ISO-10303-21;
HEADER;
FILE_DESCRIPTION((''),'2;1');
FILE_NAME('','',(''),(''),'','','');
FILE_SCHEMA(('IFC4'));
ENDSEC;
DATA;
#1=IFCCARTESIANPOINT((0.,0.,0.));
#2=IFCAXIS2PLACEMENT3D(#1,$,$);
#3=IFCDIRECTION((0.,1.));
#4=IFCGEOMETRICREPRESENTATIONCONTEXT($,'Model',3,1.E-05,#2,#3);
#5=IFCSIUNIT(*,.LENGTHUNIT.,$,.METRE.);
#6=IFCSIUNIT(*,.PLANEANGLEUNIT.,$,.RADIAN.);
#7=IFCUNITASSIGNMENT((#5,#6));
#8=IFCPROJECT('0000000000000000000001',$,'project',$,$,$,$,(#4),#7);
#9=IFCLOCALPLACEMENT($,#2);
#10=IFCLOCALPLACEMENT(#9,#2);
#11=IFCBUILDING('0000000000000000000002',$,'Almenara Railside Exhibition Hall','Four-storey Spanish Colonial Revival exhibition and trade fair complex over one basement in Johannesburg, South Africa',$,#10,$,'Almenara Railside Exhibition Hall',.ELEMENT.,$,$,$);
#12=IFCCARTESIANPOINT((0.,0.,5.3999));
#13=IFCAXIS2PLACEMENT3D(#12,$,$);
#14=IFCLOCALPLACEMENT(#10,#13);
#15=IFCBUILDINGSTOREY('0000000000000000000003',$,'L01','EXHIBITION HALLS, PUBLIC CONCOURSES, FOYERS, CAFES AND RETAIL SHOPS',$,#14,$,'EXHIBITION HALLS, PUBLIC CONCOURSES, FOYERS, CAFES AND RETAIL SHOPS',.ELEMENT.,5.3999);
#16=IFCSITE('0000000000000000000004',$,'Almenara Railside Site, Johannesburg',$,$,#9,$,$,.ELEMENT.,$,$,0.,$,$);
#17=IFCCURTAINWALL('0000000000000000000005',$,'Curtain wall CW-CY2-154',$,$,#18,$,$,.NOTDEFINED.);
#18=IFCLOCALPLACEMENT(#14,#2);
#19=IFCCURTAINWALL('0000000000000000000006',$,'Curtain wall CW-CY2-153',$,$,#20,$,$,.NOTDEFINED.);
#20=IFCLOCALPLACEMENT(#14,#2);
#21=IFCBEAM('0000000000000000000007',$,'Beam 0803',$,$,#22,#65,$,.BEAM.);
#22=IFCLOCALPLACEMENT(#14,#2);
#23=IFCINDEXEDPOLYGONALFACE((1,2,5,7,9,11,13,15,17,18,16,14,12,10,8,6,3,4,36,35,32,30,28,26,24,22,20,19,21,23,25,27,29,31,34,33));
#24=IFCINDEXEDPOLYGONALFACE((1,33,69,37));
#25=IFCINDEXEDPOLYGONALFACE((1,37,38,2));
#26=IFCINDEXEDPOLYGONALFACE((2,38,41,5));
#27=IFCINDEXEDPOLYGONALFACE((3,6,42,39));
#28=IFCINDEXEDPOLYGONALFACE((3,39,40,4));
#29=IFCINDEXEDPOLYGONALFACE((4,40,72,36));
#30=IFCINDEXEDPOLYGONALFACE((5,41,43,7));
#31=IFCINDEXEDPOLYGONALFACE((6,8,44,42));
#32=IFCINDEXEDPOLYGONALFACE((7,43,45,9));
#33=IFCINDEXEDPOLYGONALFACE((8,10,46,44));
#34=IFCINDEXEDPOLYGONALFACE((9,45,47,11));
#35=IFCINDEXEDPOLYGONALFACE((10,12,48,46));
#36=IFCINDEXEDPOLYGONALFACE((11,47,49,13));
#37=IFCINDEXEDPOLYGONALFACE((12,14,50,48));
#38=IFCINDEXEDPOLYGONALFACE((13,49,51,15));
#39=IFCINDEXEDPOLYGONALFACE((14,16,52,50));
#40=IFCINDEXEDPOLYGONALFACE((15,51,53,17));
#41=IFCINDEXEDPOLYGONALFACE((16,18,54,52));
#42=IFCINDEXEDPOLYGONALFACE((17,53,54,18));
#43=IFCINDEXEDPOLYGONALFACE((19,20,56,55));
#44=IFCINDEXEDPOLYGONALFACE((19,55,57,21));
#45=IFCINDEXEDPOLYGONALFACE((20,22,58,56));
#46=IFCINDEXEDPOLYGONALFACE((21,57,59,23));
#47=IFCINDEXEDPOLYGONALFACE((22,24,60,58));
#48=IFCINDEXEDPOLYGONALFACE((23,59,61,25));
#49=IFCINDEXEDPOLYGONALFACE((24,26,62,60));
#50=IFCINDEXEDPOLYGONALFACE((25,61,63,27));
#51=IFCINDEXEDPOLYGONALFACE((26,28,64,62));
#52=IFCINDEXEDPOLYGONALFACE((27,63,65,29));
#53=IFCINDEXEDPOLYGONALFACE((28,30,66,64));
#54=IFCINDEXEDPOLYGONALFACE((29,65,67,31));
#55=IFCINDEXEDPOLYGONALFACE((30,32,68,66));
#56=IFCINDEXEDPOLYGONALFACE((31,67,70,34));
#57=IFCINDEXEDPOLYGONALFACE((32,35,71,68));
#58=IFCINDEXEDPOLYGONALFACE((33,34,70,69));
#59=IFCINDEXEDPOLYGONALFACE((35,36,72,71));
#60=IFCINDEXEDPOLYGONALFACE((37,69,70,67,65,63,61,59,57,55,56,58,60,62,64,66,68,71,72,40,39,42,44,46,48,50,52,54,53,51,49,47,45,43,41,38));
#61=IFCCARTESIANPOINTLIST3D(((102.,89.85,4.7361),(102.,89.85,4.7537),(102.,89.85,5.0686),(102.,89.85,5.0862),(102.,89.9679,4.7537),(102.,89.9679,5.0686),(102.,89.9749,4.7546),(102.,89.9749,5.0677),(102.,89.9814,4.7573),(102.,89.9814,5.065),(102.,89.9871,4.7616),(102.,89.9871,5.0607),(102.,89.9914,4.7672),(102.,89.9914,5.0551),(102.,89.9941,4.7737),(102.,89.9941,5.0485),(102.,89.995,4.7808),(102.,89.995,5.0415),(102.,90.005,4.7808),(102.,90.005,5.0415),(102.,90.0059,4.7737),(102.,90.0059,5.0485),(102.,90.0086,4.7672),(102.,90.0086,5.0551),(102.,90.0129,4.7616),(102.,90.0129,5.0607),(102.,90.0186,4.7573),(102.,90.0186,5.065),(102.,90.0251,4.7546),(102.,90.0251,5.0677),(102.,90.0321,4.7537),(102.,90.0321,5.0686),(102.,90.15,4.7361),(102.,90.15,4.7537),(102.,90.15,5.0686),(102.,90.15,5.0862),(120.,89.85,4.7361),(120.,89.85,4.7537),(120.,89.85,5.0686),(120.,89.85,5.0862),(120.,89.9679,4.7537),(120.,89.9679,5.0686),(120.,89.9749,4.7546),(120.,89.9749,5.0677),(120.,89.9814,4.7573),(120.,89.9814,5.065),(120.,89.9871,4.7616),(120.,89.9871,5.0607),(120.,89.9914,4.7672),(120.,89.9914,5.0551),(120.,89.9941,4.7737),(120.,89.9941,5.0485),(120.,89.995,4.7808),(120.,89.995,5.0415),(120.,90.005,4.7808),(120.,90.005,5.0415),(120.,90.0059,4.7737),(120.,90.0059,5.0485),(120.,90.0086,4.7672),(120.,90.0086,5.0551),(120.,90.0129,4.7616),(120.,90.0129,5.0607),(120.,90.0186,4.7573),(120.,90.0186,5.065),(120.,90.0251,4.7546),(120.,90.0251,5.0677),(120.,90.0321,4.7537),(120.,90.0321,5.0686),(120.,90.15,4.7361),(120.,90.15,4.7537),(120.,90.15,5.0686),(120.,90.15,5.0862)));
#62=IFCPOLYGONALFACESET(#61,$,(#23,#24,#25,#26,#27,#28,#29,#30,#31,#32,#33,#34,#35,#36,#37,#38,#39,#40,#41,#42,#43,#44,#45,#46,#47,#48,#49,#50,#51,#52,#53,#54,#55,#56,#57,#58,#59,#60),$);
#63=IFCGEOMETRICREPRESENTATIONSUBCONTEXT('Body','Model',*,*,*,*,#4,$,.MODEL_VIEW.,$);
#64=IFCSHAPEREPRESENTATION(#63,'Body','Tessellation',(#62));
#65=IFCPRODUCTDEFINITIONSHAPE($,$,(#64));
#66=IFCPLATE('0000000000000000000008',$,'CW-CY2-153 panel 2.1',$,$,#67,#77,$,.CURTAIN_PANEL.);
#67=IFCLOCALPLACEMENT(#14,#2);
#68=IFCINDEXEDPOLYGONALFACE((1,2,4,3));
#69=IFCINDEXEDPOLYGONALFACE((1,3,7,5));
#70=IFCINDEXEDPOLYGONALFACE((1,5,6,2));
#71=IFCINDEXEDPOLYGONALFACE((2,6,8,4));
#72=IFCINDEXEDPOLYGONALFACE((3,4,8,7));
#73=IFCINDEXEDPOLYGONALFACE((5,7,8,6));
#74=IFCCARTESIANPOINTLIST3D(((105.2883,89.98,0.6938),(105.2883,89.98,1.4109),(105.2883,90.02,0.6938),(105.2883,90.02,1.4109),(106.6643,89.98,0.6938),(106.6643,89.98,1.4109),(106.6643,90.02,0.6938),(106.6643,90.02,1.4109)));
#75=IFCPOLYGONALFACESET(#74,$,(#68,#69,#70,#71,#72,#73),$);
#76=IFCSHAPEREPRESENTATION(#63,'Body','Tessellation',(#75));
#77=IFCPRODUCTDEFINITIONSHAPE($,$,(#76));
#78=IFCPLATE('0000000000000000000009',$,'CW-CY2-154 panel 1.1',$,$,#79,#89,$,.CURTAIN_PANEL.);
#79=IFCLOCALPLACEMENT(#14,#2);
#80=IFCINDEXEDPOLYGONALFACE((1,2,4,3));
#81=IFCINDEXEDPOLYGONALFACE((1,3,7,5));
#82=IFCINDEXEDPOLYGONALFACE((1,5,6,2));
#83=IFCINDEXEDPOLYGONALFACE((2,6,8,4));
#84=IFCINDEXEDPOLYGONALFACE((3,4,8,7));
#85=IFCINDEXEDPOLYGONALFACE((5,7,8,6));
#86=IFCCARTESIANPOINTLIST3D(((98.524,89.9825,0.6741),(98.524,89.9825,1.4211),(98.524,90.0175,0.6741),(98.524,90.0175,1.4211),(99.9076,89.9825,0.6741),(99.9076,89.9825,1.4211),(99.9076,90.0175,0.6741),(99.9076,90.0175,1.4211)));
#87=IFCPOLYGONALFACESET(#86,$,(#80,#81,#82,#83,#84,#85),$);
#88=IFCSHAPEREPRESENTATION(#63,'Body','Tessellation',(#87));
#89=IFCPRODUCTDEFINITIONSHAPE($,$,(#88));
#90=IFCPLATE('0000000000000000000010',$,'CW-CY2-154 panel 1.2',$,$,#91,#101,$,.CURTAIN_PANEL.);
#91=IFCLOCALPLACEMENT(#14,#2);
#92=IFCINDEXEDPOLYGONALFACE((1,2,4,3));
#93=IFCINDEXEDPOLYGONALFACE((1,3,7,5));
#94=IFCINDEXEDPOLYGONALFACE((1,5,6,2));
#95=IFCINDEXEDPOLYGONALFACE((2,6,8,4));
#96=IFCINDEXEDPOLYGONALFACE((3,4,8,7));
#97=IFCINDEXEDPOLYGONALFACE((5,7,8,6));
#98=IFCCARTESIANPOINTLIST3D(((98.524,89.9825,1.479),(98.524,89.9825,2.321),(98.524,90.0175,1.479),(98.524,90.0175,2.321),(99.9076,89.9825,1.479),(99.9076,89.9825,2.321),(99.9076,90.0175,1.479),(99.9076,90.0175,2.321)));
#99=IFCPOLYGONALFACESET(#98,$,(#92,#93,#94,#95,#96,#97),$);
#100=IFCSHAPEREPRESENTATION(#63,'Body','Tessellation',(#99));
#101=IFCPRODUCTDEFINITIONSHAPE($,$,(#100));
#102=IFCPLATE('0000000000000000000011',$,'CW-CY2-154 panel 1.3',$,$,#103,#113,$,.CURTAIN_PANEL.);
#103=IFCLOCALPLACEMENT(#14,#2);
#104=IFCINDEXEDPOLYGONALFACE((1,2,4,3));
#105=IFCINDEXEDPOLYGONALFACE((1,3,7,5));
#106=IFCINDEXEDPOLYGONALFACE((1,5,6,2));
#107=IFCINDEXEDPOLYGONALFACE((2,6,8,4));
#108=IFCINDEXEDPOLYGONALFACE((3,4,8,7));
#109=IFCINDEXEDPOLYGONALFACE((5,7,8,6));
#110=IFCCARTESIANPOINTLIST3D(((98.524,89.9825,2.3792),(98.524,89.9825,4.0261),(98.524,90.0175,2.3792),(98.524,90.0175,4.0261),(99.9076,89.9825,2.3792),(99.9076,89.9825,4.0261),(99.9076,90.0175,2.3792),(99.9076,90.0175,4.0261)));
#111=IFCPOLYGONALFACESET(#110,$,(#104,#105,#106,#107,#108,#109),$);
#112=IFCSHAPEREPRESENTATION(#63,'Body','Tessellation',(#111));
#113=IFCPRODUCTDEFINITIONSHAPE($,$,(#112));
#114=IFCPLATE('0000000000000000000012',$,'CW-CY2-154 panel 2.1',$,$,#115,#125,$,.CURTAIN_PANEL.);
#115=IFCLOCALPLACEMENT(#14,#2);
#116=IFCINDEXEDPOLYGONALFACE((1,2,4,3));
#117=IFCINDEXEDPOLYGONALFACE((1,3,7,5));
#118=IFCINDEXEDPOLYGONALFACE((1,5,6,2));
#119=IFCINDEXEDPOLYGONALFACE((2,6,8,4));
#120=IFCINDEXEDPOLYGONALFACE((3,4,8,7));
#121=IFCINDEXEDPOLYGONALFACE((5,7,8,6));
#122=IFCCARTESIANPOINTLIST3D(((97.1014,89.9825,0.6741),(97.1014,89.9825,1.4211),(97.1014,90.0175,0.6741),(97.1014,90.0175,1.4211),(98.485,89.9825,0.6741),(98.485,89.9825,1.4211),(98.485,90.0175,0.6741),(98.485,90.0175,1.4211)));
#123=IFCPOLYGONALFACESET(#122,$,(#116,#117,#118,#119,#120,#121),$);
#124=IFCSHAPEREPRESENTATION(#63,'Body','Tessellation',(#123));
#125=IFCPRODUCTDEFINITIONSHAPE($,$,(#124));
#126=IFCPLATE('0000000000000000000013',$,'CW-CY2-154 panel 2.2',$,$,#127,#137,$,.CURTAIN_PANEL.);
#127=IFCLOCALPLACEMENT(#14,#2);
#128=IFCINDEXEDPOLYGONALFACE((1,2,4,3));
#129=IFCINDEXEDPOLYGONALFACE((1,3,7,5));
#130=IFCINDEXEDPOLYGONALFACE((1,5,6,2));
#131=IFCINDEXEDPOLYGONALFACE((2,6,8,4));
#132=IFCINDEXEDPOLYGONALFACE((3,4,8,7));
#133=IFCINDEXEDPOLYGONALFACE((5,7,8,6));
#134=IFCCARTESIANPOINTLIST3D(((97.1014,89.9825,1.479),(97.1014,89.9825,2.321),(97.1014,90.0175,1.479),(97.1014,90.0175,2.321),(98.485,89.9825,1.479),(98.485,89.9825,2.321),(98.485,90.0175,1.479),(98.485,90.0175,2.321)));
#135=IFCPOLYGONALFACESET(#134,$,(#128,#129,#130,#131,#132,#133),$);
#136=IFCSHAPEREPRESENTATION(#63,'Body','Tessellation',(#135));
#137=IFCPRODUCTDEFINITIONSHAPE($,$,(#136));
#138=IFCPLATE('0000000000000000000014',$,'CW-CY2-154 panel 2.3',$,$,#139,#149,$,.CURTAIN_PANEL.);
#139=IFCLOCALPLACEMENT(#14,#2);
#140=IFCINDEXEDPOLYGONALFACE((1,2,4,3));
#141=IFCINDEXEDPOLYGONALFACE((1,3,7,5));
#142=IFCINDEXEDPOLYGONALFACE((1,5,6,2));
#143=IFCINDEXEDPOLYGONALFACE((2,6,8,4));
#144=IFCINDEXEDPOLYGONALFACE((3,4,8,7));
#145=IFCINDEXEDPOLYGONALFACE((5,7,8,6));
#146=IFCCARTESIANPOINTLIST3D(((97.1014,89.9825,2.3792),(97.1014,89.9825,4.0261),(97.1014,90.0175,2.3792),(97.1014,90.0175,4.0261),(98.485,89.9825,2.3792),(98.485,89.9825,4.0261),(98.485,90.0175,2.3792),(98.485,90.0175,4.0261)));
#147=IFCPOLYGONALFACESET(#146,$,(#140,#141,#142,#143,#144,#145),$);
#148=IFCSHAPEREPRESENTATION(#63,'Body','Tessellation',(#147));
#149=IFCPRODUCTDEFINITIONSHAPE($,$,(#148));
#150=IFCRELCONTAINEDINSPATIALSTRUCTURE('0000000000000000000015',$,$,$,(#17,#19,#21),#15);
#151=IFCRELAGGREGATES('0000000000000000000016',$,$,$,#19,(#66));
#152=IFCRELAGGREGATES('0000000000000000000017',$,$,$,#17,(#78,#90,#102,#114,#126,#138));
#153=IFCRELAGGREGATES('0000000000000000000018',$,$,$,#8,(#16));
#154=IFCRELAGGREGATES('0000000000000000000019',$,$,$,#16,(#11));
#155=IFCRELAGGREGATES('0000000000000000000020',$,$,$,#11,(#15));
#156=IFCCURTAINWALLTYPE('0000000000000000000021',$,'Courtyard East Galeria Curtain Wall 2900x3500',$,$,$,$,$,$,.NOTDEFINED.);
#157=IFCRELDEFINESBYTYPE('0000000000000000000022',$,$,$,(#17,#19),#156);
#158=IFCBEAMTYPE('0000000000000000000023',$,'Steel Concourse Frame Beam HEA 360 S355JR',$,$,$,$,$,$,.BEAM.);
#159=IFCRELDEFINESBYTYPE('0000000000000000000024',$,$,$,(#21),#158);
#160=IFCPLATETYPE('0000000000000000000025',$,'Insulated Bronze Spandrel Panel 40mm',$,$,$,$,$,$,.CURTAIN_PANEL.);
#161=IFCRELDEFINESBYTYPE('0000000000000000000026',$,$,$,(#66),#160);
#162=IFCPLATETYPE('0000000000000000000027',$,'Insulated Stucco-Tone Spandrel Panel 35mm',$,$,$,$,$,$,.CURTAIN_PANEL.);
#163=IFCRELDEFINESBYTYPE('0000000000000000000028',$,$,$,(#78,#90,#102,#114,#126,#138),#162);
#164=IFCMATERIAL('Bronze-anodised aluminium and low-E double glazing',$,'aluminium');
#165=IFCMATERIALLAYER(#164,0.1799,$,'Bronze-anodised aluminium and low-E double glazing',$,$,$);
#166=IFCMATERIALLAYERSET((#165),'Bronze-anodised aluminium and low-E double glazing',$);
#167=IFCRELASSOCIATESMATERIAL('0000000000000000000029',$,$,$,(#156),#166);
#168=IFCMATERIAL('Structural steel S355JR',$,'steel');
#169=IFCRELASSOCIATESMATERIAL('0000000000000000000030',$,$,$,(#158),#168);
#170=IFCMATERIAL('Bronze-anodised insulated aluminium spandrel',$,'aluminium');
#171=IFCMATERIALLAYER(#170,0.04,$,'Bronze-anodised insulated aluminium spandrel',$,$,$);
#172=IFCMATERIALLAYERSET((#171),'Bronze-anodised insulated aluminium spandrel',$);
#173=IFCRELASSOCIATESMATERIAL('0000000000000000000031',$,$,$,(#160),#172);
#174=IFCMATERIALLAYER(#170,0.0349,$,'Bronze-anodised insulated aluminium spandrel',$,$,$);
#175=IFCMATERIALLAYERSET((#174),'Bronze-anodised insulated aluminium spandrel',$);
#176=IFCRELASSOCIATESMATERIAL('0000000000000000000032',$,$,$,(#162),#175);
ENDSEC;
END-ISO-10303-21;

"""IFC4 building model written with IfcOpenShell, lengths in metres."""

from ifc_helpers import new_model, si_unit, direction, frame, origin, origin_2d, place, context, subcontext, project, spatial, rectangle, i_section, extrude, material, layer, layer_set, material_profile, profile_set, type_object, element, aggregate, save


model = new_model("IFC4")

# Units and contexts
model_context = context("Model", 3, precision=1e-05, world=origin(), true_north=direction((0.0, 1.0)))
body_context = subcontext(model_context, "Body", "Model", "MODEL_VIEW")
ifc_project = project(units=[si_unit("LENGTHUNIT", "METRE"), si_unit("PLANEANGLEUNIT", "RADIAN")], contexts=[model_context])

# Site, building, storey
site_placement = place(None, origin())
site = spatial("IfcSite", under=ifc_project, at=site_placement, Name="Almenara Railside Site, Johannesburg", CompositionType="ELEMENT", RefElevation=0.0)
building_placement = place(site_placement, origin())
building = spatial("IfcBuilding", under=site, at=building_placement, Name="Almenara Railside Exhibition Hall", Description="Four-storey Spanish Colonial Revival exhibition and trade fair complex over one basement in Johannesburg, South Africa", LongName="Almenara Railside Exhibition Hall", CompositionType="ELEMENT")
storey_placement = place(building_placement, frame((0.0, 0.0, 5.3999)))
storey = spatial("IfcBuildingStorey", under=building, at=storey_placement, Name="L01", Description="EXHIBITION HALLS, PUBLIC CONCOURSES, FOYERS, CAFES AND RETAIL SHOPS", LongName="EXHIBITION HALLS, PUBLIC CONCOURSES, FOYERS, CAFES AND RETAIL SHOPS", CompositionType="ELEMENT", Elevation=5.3999)

# Curtain wall
ifc_material_1 = material(Name="Bronze-anodised aluminium and low-E double glazing", Category="aluminium")
ifc_layer_1 = layer(ifc_material_1, 0.1799, Name="Bronze-anodised aluminium and low-E double glazing")
ifc_layer_set_1 = layer_set([ifc_layer_1], Name="Bronze-anodised aluminium and low-E double glazing")
curtain_wall_type = type_object("IfcCurtainWallType", Name="Courtyard East Galeria Curtain Wall 2900x3500", PredefinedType="NOTDEFINED", material=ifc_layer_set_1)
curtain_wall_1_placement = place(storey_placement, origin())
curtain_wall_1 = element("IfcCurtainWall", 1, at=curtain_wall_1_placement, inside=storey, type_object=curtain_wall_type, Name="Curtain wall CW-CY2-154", PredefinedType="NOTDEFINED")

# Curtain wall
curtain_wall_2_placement = place(storey_placement, origin())
curtain_wall_2 = element("IfcCurtainWall", 2, at=curtain_wall_2_placement, inside=storey, type_object=curtain_wall_type, Name="Curtain wall CW-CY2-153", PredefinedType="NOTDEFINED")

# Beam
ifc_material_2 = material(Name="Structural steel S355JR", Category="steel")
ifc_material_profile_1 = material_profile(ifc_material_2, i_section(OverallWidth=0.3, OverallDepth=0.3501, WebThickness=0.01, FlangeThickness=0.0176, FilletRadius=0.0271, at=origin_2d()), Name="HEA 360")
ifc_profile_set_1 = profile_set([ifc_material_profile_1], Name="Structural steel S355JR")
beam_type_1 = type_object("IfcBeamType", Name="Steel Concourse Frame Beam HEA 360 S355JR", PredefinedType="BEAM", material=ifc_profile_set_1)
beam_1_placement = place(storey_placement, frame((102.0, 90.0, 4.9111), z_axis=(1.0, 0.0, 0.0), x_axis=(0.0, 1.0, 0.0)))
element("IfcBeam", 3, at=beam_1_placement, inside=storey, type_object=beam_type_1, Name="Beam 0803", PredefinedType="BEAM", context=body_context, shape_type="SweptSolid", body=[
    extrude(i_section(OverallWidth=0.3, OverallDepth=0.3501, WebThickness=0.01, FlangeThickness=0.0176, FilletRadius=0.0271, at=origin_2d()), origin(), (0.0, 0.0, 1.0), 18.0),
])

# Plates
ifc_material_3 = material(Name="Bronze-anodised insulated aluminium spandrel", Category="aluminium")
ifc_layer_2 = layer(ifc_material_3, 0.04, Name="Bronze-anodised insulated aluminium spandrel")
ifc_layer_set_2 = layer_set([ifc_layer_2], Name="Bronze-anodised insulated aluminium spandrel")
plate_type_1 = type_object("IfcPlateType", Name="Insulated Bronze Spandrel Panel 40mm", PredefinedType="CURTAIN_PANEL", material=ifc_layer_set_2)
plate_1_placement = place(storey_placement, frame((105.9763, 90.0, 0.6938), z_axis=(0.0, 0.0, 1.0), x_axis=(-1.0, 0.0, 0.0)))
plate_1 = element("IfcPlate", 4, at=plate_1_placement, type_object=plate_type_1, Name="CW-CY2-153 panel 2.1", PredefinedType="CURTAIN_PANEL", context=body_context, shape_type="SweptSolid", body=[
    extrude(rectangle(XDim=1.376, YDim=0.04, at=origin_2d()), origin(), (0.0, 0.0, 1.0), 0.717),
])
aggregate(curtain_wall_2, [plate_1])
ifc_layer_3 = layer(ifc_material_3, 0.0349, Name="Bronze-anodised insulated aluminium spandrel")
ifc_layer_set_3 = layer_set([ifc_layer_3], Name="Bronze-anodised insulated aluminium spandrel")
plate_type_2 = type_object("IfcPlateType", Name="Insulated Stucco-Tone Spandrel Panel 35mm", PredefinedType="CURTAIN_PANEL", material=ifc_layer_set_3)
plate_2_placement = place(storey_placement, frame((99.2158, 90.0, 0.6741), z_axis=(0.0, 0.0, 1.0), x_axis=(-1.0, 0.0, 0.0)))
plate_2 = element("IfcPlate", 5, at=plate_2_placement, type_object=plate_type_2, Name="CW-CY2-154 panel 1.1", PredefinedType="CURTAIN_PANEL", context=body_context, shape_type="SweptSolid", body=[
    extrude(rectangle(XDim=1.3835, YDim=0.0349, at=origin_2d()), origin(), (0.0, 0.0, 1.0), 0.7471),
])
plate_3_placement = place(storey_placement, frame((99.2158, 90.0, 1.479), z_axis=(0.0, 0.0, 1.0), x_axis=(-1.0, 0.0, 0.0)))
plate_3 = element("IfcPlate", 6, at=plate_3_placement, type_object=plate_type_2, Name="CW-CY2-154 panel 1.2", PredefinedType="CURTAIN_PANEL", context=body_context, shape_type="SweptSolid", body=[
    extrude(rectangle(XDim=1.3835, YDim=0.0349, at=origin_2d()), origin(), (0.0, 0.0, 1.0), 0.842),
])
plate_4_placement = place(storey_placement, frame((99.2158, 90.0, 2.3792), z_axis=(0.0, 0.0, 1.0), x_axis=(-1.0, 0.0, 0.0)))
plate_4 = element("IfcPlate", 7, at=plate_4_placement, type_object=plate_type_2, Name="CW-CY2-154 panel 1.3", PredefinedType="CURTAIN_PANEL", context=body_context, shape_type="SweptSolid", body=[
    extrude(rectangle(XDim=1.3835, YDim=0.0349, at=origin_2d()), origin(), (0.0, 0.0, 1.0), 1.647),
])
plate_5_placement = place(storey_placement, frame((97.7932, 90.0, 0.6741), z_axis=(0.0, 0.0, 1.0), x_axis=(-1.0, 0.0, 0.0)))
plate_5 = element("IfcPlate", 8, at=plate_5_placement, type_object=plate_type_2, Name="CW-CY2-154 panel 2.1", PredefinedType="CURTAIN_PANEL", context=body_context, shape_type="SweptSolid", body=[
    extrude(rectangle(XDim=1.3835, YDim=0.0349, at=origin_2d()), origin(), (0.0, 0.0, 1.0), 0.7471),
])
plate_6_placement = place(storey_placement, frame((97.7932, 90.0, 1.479), z_axis=(0.0, 0.0, 1.0), x_axis=(-1.0, 0.0, 0.0)))
plate_6 = element("IfcPlate", 9, at=plate_6_placement, type_object=plate_type_2, Name="CW-CY2-154 panel 2.2", PredefinedType="CURTAIN_PANEL", context=body_context, shape_type="SweptSolid", body=[
    extrude(rectangle(XDim=1.3835, YDim=0.0349, at=origin_2d()), origin(), (0.0, 0.0, 1.0), 0.842),
])
plate_7_placement = place(storey_placement, frame((97.7932, 90.0, 2.3792), z_axis=(0.0, 0.0, 1.0), x_axis=(-1.0, 0.0, 0.0)))
plate_7 = element("IfcPlate", 10, at=plate_7_placement, type_object=plate_type_2, Name="CW-CY2-154 panel 2.3", PredefinedType="CURTAIN_PANEL", context=body_context, shape_type="SweptSolid", body=[
    extrude(rectangle(XDim=1.3835, YDim=0.0349, at=origin_2d()), origin(), (0.0, 0.0, 1.0), 1.647),
])
aggregate(curtain_wall_1, [plate_2, plate_3, plate_4, plate_5, plate_6, plate_7])

save(model, "model.ifc")
